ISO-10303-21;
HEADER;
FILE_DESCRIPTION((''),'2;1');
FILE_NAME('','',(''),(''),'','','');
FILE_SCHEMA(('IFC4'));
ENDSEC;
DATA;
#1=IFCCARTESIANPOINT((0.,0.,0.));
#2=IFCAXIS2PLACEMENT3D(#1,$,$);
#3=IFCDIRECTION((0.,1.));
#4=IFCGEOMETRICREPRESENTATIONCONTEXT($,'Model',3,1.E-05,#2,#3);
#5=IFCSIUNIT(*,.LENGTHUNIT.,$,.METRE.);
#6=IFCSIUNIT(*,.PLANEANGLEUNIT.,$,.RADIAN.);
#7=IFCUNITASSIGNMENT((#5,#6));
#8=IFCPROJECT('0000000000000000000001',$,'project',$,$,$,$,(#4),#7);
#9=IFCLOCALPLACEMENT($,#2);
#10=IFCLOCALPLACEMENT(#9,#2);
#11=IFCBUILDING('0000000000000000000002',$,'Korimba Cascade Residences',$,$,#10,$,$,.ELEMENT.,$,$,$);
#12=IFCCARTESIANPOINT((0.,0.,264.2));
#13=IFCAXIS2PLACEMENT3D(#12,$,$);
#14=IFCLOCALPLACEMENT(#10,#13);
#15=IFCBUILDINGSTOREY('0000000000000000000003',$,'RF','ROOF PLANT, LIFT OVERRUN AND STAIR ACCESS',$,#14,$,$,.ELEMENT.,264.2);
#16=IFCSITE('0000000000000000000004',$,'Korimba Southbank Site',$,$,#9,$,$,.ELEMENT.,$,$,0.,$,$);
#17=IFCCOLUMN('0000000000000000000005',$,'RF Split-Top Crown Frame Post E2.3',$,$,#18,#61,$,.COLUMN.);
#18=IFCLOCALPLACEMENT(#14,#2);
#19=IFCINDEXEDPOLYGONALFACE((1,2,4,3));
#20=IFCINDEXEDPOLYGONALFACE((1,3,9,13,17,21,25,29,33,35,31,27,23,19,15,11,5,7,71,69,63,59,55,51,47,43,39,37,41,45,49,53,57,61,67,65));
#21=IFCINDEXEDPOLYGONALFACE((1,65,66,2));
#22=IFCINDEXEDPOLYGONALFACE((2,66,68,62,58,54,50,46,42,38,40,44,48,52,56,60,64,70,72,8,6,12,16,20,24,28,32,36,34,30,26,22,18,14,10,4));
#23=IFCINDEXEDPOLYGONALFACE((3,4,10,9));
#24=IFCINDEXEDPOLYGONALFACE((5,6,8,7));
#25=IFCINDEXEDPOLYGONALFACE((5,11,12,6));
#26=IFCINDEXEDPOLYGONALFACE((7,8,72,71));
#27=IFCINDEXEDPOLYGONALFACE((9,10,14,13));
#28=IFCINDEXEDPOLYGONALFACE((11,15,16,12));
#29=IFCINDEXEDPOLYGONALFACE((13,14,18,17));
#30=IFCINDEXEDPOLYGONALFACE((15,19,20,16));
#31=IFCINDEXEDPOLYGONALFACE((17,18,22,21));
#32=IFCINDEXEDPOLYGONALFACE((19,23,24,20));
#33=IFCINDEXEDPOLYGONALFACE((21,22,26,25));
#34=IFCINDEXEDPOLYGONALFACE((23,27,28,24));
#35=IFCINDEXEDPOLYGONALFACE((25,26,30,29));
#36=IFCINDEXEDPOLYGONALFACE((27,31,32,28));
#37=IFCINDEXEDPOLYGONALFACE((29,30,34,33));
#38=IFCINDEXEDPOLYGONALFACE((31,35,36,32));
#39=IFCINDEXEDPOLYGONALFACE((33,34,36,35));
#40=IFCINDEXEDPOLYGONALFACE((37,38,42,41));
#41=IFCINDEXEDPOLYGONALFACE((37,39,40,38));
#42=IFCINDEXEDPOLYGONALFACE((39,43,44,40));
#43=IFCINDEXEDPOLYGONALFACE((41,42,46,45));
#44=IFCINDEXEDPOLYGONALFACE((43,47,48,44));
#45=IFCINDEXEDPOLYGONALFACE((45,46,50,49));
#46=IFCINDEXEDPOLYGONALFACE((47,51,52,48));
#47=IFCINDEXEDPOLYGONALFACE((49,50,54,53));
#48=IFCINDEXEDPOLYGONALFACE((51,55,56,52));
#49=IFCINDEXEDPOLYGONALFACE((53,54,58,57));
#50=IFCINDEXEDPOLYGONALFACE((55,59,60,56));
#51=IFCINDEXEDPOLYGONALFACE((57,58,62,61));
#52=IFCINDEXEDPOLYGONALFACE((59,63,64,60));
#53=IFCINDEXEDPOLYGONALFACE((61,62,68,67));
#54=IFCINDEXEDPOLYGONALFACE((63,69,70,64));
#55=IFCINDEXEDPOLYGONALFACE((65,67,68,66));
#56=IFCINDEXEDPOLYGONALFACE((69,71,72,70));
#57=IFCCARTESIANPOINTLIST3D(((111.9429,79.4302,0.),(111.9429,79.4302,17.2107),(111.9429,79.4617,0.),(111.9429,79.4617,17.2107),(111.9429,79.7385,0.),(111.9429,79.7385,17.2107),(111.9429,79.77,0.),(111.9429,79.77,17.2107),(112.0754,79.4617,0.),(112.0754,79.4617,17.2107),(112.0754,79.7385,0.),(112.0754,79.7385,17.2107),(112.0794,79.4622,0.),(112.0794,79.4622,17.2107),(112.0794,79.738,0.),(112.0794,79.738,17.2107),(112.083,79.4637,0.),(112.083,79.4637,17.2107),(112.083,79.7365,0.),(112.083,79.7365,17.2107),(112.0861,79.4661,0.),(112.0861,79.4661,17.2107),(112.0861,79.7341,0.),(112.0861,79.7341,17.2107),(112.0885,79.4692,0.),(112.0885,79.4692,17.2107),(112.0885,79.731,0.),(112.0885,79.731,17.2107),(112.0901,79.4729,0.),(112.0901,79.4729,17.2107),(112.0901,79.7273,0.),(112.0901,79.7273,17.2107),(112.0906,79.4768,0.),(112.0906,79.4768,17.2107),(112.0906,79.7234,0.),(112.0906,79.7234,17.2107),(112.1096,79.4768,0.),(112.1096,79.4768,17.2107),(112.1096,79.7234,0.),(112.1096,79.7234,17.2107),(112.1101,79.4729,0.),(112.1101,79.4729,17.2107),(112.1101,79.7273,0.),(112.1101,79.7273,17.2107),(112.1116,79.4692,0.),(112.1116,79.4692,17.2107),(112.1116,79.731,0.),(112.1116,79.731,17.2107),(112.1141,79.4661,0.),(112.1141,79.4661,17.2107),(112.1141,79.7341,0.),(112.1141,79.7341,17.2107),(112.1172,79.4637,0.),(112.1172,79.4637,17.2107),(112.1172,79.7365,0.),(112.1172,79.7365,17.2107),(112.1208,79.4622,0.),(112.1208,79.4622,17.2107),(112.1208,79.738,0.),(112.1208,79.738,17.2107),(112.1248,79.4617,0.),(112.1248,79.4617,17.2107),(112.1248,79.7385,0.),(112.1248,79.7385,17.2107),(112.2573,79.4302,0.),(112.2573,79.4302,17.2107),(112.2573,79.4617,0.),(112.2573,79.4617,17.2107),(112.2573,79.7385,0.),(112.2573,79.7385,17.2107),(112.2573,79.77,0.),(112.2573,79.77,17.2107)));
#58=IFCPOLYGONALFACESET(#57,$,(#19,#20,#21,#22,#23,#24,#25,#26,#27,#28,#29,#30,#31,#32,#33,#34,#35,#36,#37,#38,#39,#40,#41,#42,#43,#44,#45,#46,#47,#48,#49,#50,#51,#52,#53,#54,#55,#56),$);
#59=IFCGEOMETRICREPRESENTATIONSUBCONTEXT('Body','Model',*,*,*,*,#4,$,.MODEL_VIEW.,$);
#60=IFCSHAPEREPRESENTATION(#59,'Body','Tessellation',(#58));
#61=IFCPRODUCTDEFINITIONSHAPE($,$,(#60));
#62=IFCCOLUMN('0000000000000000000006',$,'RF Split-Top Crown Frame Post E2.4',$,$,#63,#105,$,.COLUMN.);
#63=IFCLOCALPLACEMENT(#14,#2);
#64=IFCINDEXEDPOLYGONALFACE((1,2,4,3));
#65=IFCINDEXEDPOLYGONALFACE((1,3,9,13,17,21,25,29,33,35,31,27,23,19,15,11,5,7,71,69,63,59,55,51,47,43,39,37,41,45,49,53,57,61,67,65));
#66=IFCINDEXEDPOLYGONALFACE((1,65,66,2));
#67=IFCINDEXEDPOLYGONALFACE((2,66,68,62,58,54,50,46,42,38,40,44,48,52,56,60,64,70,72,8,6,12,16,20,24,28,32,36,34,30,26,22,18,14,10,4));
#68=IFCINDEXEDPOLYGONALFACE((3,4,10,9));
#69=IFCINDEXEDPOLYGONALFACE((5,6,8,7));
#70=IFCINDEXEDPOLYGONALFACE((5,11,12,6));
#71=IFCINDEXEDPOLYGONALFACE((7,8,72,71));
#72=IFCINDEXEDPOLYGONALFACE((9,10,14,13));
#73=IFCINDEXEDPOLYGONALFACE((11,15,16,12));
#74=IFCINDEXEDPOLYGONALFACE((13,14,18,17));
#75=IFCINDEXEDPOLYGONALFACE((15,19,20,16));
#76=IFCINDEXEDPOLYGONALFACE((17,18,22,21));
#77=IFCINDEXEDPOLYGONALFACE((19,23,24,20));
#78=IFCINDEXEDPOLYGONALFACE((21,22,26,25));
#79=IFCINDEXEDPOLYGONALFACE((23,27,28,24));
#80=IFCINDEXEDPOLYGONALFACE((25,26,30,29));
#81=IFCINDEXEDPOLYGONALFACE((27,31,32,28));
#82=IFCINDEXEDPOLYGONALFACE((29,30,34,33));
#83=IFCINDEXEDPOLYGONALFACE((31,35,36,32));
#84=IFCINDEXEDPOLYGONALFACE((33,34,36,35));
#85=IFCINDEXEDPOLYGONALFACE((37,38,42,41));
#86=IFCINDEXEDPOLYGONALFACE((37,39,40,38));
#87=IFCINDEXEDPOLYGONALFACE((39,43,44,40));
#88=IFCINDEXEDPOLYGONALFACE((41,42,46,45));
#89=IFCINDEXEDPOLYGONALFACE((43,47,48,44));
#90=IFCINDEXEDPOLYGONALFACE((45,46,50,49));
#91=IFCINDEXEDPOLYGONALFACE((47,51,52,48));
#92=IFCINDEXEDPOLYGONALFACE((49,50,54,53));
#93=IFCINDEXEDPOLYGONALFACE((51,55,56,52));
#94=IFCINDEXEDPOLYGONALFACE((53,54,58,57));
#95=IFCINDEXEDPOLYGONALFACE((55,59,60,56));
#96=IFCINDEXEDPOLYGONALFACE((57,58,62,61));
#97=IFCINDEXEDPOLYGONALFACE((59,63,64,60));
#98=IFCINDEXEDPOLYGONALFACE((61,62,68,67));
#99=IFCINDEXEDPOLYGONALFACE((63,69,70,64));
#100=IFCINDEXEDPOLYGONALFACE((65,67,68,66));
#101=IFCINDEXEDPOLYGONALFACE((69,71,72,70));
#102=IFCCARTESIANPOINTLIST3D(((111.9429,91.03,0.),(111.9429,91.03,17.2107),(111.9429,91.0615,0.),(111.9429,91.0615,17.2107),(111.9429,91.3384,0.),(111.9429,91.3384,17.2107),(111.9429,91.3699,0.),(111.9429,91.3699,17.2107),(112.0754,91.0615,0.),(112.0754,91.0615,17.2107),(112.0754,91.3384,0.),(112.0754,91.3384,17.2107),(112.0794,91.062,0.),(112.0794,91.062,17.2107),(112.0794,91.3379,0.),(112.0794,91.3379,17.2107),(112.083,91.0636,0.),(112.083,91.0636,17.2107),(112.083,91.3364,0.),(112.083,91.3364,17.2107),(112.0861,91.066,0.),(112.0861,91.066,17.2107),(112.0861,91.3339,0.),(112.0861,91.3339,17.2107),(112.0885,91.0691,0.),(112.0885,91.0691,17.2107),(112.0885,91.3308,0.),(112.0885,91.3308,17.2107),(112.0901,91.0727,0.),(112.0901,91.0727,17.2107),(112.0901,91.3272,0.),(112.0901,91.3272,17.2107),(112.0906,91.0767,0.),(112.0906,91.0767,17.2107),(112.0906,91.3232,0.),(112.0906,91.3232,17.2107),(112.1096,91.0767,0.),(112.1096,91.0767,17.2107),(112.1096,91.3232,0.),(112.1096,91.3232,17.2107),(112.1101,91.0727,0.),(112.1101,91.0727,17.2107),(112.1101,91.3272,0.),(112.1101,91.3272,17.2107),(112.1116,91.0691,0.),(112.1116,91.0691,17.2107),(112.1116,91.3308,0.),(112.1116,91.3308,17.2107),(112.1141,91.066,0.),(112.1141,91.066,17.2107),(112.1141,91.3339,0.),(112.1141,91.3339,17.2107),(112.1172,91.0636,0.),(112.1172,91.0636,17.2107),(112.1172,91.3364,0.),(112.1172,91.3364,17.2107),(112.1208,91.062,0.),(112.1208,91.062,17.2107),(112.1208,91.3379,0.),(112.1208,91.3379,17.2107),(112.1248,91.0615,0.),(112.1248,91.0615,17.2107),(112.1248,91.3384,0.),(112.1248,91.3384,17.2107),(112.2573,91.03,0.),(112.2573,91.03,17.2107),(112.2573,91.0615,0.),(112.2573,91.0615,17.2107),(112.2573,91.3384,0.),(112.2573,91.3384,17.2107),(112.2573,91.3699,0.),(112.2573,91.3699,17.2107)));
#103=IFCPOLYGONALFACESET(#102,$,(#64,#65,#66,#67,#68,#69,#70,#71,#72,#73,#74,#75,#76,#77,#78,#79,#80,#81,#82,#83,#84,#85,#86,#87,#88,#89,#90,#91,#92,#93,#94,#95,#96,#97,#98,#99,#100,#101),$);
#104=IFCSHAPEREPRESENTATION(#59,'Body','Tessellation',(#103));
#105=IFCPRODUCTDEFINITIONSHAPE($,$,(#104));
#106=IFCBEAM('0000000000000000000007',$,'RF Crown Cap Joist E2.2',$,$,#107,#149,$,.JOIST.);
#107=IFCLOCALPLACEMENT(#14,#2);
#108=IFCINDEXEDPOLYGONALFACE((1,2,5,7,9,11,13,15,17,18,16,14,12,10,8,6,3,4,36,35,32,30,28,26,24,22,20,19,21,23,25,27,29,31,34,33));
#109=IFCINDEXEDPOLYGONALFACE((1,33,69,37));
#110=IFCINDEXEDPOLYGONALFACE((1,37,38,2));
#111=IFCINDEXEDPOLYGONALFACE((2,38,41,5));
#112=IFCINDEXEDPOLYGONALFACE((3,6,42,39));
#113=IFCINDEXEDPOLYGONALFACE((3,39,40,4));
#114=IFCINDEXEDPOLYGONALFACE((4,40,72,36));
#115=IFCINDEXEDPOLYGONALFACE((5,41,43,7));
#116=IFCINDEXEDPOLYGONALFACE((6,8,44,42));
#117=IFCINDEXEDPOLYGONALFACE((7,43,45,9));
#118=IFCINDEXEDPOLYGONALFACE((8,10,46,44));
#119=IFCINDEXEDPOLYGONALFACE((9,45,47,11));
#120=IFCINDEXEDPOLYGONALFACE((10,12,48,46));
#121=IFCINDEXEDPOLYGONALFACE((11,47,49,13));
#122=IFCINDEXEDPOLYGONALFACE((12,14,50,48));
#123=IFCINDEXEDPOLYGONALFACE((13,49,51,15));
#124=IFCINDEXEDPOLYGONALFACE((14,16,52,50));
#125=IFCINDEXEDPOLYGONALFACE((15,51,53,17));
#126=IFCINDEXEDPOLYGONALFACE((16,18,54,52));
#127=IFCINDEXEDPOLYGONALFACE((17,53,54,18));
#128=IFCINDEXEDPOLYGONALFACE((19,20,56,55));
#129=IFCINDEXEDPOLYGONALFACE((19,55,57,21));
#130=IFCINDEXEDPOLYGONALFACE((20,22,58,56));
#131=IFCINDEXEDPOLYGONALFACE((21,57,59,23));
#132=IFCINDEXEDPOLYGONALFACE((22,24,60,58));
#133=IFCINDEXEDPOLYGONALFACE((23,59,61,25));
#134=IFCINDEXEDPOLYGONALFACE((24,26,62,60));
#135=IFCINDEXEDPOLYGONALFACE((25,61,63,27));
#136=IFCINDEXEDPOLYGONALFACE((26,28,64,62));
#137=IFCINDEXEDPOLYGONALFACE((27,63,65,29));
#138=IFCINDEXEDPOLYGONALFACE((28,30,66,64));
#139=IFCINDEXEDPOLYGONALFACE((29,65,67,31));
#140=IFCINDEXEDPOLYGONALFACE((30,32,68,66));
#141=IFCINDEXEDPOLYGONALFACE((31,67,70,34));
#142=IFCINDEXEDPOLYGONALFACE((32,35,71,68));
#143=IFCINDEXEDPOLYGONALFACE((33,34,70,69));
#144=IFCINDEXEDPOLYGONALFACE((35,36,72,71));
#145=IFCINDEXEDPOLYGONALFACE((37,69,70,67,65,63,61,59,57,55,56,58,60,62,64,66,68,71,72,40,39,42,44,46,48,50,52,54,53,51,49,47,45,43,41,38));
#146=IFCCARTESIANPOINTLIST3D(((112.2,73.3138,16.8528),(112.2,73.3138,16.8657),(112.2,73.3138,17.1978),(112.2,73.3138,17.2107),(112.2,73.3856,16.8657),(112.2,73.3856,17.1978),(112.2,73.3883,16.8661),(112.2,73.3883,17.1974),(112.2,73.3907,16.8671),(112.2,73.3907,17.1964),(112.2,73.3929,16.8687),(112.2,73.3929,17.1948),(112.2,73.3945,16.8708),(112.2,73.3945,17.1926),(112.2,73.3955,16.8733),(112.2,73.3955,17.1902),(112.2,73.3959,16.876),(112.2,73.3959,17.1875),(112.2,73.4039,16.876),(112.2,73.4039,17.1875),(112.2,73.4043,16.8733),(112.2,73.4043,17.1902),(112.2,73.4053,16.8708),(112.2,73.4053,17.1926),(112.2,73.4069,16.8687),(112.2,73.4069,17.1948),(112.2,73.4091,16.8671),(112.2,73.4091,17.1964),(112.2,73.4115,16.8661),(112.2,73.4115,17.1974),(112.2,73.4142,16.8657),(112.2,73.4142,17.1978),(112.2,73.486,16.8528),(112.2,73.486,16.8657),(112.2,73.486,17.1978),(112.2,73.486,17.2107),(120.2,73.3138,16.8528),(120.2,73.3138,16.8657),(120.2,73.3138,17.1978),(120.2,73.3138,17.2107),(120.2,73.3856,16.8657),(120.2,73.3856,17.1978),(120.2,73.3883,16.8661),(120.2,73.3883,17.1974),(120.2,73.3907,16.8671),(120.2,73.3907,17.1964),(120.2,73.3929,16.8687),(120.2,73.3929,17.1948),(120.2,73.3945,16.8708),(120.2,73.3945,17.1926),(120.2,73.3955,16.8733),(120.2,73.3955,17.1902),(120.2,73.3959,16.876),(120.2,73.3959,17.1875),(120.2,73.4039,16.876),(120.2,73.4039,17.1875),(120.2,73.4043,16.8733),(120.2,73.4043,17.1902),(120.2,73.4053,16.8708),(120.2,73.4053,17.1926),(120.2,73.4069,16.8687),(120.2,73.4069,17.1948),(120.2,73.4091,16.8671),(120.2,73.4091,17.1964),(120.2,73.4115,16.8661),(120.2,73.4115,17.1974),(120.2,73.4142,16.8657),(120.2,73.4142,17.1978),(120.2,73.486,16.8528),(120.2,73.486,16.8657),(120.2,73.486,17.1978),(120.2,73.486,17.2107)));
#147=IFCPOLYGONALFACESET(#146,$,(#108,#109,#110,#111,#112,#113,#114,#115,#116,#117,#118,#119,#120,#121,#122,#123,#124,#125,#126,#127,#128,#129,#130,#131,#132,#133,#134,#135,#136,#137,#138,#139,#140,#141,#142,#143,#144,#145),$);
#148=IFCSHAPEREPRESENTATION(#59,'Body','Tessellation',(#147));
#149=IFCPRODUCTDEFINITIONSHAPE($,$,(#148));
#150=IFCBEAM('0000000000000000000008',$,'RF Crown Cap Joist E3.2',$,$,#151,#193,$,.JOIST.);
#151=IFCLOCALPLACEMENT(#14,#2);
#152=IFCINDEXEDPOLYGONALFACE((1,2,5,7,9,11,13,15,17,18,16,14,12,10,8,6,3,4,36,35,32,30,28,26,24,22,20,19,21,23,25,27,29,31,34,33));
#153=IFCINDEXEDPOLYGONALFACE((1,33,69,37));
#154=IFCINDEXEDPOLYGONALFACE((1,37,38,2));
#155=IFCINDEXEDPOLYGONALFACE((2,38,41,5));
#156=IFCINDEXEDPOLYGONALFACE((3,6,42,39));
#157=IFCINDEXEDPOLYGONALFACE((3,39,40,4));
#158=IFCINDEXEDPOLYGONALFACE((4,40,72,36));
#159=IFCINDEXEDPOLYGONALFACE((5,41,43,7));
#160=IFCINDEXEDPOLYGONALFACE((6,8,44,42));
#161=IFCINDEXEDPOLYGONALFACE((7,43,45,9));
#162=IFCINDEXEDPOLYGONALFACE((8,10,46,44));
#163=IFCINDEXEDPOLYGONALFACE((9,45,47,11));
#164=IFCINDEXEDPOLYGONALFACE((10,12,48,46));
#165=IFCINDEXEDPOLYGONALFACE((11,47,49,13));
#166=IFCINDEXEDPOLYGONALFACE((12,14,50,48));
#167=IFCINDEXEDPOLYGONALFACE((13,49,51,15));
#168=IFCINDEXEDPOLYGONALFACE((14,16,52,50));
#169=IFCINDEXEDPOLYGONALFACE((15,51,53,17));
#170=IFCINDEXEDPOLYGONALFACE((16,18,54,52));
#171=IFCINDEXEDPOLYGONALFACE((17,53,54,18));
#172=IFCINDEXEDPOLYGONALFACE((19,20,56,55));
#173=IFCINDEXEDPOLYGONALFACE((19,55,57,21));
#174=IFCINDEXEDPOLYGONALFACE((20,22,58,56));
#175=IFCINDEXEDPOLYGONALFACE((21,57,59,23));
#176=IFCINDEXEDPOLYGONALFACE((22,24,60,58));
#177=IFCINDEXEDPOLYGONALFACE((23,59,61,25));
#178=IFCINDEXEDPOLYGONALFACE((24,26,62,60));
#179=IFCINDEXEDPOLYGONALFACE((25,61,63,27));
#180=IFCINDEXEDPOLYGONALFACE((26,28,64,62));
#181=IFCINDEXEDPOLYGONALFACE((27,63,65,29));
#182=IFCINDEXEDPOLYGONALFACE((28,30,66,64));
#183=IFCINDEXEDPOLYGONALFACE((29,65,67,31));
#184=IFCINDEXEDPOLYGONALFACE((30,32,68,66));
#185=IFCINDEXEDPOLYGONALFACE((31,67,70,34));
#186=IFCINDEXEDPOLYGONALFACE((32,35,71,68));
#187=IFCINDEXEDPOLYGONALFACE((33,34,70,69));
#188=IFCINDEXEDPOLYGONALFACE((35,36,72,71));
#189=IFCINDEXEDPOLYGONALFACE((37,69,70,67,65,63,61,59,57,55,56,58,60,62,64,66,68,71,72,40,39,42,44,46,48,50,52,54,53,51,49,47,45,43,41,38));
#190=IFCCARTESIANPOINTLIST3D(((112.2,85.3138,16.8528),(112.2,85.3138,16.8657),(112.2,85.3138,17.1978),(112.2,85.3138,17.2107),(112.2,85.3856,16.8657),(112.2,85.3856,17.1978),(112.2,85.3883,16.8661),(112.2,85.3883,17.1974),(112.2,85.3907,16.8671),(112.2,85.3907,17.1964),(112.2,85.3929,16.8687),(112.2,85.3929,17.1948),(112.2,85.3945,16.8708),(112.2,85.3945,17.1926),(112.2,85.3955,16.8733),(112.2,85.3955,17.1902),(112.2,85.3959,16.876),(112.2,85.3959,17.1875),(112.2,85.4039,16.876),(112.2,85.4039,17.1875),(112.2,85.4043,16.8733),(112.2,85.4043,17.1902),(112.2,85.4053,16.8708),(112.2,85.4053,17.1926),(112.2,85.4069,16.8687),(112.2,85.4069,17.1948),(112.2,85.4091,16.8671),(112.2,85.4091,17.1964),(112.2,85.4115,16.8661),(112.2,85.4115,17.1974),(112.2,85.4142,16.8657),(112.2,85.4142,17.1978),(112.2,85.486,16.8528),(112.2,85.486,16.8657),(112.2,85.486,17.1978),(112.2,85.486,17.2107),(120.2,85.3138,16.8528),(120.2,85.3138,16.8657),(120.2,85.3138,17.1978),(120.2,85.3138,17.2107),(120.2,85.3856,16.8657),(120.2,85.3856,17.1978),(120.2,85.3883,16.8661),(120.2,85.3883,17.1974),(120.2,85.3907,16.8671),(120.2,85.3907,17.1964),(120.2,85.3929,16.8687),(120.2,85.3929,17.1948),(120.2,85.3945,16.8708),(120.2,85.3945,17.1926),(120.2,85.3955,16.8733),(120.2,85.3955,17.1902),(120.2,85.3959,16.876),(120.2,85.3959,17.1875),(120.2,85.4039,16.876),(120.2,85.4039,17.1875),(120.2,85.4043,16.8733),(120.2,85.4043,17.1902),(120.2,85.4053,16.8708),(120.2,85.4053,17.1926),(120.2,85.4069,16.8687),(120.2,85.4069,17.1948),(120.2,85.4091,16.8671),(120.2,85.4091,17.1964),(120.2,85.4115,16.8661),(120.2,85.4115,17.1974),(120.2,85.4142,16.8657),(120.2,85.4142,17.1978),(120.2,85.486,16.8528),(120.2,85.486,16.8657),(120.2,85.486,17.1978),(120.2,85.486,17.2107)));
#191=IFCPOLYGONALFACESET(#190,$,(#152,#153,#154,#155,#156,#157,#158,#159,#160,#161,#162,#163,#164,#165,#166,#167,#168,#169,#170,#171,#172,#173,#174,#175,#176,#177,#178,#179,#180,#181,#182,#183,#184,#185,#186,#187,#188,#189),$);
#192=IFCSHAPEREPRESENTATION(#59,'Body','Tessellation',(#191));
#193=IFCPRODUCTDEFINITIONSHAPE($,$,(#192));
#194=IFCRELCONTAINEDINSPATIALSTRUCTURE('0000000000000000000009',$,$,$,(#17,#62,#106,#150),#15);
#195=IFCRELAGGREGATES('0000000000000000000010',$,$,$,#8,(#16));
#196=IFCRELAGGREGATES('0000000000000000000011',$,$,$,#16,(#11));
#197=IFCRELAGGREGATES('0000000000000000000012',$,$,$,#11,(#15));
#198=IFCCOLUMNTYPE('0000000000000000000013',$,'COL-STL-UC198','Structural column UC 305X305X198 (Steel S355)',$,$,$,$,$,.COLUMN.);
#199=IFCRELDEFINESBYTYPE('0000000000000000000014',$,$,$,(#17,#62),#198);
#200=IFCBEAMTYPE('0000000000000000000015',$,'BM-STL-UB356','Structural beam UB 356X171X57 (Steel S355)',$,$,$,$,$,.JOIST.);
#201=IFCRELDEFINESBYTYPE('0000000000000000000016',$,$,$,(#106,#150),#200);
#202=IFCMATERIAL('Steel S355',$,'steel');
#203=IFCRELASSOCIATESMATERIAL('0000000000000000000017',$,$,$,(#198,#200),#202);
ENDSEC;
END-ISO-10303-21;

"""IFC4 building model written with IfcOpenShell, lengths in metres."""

from ifc_helpers import new_model, si_unit, direction, frame, origin, origin_2d, place, context, subcontext, project, spatial, i_section, extrude, material, material_profile, profile_set, type_object, element, save


model = new_model("IFC4")

# Units and contexts
model_context = context("Model", 3, precision=1e-05, world=origin(), true_north=direction((0.0, 1.0)))
body_context = subcontext(model_context, "Body", "Model", "MODEL_VIEW")
ifc_project = project(units=[si_unit("LENGTHUNIT", "METRE"), si_unit("PLANEANGLEUNIT", "RADIAN")], contexts=[model_context])

# Site, building, storey
site_placement = place(None, origin())
site = spatial("IfcSite", under=ifc_project, at=site_placement, Name="Korimba Southbank Site", CompositionType="ELEMENT", RefElevation=0.0)
building_placement = place(site_placement, origin())
building = spatial("IfcBuilding", under=site, at=building_placement, Name="Korimba Cascade Residences", CompositionType="ELEMENT")
storey_placement = place(building_placement, frame((0.0, 0.0, 264.2)))
storey = spatial("IfcBuildingStorey", under=building, at=storey_placement, Name="RF", Description="ROOF PLANT, LIFT OVERRUN AND STAIR ACCESS", CompositionType="ELEMENT", Elevation=264.2)

# Columns
ifc_material_1 = material(Name="Steel S355", Category="steel")
ifc_material_profile_1 = material_profile(ifc_material_1, i_section(OverallWidth=0.3145, OverallDepth=0.3398, WebThickness=0.019, FlangeThickness=0.0315, FilletRadius=0.0151, at=origin_2d()), Name="Steel S355")
ifc_profile_set_1 = profile_set([ifc_material_profile_1], Name="Steel S355")
column_type = type_object("IfcColumnType", Name="COL-STL-UC198", Description="Structural column UC 305X305X198 (Steel S355)", PredefinedType="COLUMN", material=ifc_profile_set_1)
for number, where, z_axis, x_axis, name in (
    (1, (112.1001, 79.6001, 0.0), (0.0, 0.0, 1.0), (1.0, 0.0, 0.0), "RF Split-Top Crown Frame Post E2.3"),
    (2, (112.1001, 91.2, 0.0), (0.0, 0.0, 1.0), (1.0, 0.0, 0.0), "RF Split-Top Crown Frame Post E2.4"),
):
    element("IfcColumn", number, at=place(storey_placement, frame(where, z_axis=z_axis, x_axis=x_axis)), inside=storey, type_object=column_type, Name=name, PredefinedType="COLUMN", context=body_context, shape_type="SweptSolid", body=[
        extrude(i_section(OverallWidth=0.3145, OverallDepth=0.3398, WebThickness=0.019, FlangeThickness=0.0315, FilletRadius=0.0151, at=origin_2d()), origin(), (0.0, 0.0, 1.0), 17.2107),
    ])

# Beams
ifc_material_profile_2 = material_profile(ifc_material_1, i_section(OverallWidth=0.1721, OverallDepth=0.3579, WebThickness=0.0081, FlangeThickness=0.0129, FilletRadius=0.0103, at=origin_2d()), Name="Steel S355")
ifc_profile_set_2 = profile_set([ifc_material_profile_2], Name="Steel S355")
beam_type_1 = type_object("IfcBeamType", Name="BM-STL-UB356", Description="Structural beam UB 356X171X57 (Steel S355)", PredefinedType="JOIST", material=ifc_profile_set_2)
for number, where, z_axis, x_axis, name in (
    (3, (112.2, 73.3999, 17.0317), (1.0, 0.0, 0.0), (0.0, 1.0, 0.0), "RF Crown Cap Joist E2.2"),
    (4, (112.2, 85.3999, 17.0317), (1.0, 0.0, 0.0), (0.0, 1.0, 0.0), "RF Crown Cap Joist E3.2"),
):
    element("IfcBeam", number, at=place(storey_placement, frame(where, z_axis=z_axis, x_axis=x_axis)), inside=storey, type_object=beam_type_1, Name=name, PredefinedType="JOIST", context=body_context, shape_type="SweptSolid", body=[
        extrude(i_section(OverallWidth=0.1721, OverallDepth=0.3579, WebThickness=0.0081, FlangeThickness=0.0129, FilletRadius=0.0103, at=origin_2d()), origin(), (0.0, 0.0, 1.0), 8.0),
    ])

save(model, "model.ifc")
